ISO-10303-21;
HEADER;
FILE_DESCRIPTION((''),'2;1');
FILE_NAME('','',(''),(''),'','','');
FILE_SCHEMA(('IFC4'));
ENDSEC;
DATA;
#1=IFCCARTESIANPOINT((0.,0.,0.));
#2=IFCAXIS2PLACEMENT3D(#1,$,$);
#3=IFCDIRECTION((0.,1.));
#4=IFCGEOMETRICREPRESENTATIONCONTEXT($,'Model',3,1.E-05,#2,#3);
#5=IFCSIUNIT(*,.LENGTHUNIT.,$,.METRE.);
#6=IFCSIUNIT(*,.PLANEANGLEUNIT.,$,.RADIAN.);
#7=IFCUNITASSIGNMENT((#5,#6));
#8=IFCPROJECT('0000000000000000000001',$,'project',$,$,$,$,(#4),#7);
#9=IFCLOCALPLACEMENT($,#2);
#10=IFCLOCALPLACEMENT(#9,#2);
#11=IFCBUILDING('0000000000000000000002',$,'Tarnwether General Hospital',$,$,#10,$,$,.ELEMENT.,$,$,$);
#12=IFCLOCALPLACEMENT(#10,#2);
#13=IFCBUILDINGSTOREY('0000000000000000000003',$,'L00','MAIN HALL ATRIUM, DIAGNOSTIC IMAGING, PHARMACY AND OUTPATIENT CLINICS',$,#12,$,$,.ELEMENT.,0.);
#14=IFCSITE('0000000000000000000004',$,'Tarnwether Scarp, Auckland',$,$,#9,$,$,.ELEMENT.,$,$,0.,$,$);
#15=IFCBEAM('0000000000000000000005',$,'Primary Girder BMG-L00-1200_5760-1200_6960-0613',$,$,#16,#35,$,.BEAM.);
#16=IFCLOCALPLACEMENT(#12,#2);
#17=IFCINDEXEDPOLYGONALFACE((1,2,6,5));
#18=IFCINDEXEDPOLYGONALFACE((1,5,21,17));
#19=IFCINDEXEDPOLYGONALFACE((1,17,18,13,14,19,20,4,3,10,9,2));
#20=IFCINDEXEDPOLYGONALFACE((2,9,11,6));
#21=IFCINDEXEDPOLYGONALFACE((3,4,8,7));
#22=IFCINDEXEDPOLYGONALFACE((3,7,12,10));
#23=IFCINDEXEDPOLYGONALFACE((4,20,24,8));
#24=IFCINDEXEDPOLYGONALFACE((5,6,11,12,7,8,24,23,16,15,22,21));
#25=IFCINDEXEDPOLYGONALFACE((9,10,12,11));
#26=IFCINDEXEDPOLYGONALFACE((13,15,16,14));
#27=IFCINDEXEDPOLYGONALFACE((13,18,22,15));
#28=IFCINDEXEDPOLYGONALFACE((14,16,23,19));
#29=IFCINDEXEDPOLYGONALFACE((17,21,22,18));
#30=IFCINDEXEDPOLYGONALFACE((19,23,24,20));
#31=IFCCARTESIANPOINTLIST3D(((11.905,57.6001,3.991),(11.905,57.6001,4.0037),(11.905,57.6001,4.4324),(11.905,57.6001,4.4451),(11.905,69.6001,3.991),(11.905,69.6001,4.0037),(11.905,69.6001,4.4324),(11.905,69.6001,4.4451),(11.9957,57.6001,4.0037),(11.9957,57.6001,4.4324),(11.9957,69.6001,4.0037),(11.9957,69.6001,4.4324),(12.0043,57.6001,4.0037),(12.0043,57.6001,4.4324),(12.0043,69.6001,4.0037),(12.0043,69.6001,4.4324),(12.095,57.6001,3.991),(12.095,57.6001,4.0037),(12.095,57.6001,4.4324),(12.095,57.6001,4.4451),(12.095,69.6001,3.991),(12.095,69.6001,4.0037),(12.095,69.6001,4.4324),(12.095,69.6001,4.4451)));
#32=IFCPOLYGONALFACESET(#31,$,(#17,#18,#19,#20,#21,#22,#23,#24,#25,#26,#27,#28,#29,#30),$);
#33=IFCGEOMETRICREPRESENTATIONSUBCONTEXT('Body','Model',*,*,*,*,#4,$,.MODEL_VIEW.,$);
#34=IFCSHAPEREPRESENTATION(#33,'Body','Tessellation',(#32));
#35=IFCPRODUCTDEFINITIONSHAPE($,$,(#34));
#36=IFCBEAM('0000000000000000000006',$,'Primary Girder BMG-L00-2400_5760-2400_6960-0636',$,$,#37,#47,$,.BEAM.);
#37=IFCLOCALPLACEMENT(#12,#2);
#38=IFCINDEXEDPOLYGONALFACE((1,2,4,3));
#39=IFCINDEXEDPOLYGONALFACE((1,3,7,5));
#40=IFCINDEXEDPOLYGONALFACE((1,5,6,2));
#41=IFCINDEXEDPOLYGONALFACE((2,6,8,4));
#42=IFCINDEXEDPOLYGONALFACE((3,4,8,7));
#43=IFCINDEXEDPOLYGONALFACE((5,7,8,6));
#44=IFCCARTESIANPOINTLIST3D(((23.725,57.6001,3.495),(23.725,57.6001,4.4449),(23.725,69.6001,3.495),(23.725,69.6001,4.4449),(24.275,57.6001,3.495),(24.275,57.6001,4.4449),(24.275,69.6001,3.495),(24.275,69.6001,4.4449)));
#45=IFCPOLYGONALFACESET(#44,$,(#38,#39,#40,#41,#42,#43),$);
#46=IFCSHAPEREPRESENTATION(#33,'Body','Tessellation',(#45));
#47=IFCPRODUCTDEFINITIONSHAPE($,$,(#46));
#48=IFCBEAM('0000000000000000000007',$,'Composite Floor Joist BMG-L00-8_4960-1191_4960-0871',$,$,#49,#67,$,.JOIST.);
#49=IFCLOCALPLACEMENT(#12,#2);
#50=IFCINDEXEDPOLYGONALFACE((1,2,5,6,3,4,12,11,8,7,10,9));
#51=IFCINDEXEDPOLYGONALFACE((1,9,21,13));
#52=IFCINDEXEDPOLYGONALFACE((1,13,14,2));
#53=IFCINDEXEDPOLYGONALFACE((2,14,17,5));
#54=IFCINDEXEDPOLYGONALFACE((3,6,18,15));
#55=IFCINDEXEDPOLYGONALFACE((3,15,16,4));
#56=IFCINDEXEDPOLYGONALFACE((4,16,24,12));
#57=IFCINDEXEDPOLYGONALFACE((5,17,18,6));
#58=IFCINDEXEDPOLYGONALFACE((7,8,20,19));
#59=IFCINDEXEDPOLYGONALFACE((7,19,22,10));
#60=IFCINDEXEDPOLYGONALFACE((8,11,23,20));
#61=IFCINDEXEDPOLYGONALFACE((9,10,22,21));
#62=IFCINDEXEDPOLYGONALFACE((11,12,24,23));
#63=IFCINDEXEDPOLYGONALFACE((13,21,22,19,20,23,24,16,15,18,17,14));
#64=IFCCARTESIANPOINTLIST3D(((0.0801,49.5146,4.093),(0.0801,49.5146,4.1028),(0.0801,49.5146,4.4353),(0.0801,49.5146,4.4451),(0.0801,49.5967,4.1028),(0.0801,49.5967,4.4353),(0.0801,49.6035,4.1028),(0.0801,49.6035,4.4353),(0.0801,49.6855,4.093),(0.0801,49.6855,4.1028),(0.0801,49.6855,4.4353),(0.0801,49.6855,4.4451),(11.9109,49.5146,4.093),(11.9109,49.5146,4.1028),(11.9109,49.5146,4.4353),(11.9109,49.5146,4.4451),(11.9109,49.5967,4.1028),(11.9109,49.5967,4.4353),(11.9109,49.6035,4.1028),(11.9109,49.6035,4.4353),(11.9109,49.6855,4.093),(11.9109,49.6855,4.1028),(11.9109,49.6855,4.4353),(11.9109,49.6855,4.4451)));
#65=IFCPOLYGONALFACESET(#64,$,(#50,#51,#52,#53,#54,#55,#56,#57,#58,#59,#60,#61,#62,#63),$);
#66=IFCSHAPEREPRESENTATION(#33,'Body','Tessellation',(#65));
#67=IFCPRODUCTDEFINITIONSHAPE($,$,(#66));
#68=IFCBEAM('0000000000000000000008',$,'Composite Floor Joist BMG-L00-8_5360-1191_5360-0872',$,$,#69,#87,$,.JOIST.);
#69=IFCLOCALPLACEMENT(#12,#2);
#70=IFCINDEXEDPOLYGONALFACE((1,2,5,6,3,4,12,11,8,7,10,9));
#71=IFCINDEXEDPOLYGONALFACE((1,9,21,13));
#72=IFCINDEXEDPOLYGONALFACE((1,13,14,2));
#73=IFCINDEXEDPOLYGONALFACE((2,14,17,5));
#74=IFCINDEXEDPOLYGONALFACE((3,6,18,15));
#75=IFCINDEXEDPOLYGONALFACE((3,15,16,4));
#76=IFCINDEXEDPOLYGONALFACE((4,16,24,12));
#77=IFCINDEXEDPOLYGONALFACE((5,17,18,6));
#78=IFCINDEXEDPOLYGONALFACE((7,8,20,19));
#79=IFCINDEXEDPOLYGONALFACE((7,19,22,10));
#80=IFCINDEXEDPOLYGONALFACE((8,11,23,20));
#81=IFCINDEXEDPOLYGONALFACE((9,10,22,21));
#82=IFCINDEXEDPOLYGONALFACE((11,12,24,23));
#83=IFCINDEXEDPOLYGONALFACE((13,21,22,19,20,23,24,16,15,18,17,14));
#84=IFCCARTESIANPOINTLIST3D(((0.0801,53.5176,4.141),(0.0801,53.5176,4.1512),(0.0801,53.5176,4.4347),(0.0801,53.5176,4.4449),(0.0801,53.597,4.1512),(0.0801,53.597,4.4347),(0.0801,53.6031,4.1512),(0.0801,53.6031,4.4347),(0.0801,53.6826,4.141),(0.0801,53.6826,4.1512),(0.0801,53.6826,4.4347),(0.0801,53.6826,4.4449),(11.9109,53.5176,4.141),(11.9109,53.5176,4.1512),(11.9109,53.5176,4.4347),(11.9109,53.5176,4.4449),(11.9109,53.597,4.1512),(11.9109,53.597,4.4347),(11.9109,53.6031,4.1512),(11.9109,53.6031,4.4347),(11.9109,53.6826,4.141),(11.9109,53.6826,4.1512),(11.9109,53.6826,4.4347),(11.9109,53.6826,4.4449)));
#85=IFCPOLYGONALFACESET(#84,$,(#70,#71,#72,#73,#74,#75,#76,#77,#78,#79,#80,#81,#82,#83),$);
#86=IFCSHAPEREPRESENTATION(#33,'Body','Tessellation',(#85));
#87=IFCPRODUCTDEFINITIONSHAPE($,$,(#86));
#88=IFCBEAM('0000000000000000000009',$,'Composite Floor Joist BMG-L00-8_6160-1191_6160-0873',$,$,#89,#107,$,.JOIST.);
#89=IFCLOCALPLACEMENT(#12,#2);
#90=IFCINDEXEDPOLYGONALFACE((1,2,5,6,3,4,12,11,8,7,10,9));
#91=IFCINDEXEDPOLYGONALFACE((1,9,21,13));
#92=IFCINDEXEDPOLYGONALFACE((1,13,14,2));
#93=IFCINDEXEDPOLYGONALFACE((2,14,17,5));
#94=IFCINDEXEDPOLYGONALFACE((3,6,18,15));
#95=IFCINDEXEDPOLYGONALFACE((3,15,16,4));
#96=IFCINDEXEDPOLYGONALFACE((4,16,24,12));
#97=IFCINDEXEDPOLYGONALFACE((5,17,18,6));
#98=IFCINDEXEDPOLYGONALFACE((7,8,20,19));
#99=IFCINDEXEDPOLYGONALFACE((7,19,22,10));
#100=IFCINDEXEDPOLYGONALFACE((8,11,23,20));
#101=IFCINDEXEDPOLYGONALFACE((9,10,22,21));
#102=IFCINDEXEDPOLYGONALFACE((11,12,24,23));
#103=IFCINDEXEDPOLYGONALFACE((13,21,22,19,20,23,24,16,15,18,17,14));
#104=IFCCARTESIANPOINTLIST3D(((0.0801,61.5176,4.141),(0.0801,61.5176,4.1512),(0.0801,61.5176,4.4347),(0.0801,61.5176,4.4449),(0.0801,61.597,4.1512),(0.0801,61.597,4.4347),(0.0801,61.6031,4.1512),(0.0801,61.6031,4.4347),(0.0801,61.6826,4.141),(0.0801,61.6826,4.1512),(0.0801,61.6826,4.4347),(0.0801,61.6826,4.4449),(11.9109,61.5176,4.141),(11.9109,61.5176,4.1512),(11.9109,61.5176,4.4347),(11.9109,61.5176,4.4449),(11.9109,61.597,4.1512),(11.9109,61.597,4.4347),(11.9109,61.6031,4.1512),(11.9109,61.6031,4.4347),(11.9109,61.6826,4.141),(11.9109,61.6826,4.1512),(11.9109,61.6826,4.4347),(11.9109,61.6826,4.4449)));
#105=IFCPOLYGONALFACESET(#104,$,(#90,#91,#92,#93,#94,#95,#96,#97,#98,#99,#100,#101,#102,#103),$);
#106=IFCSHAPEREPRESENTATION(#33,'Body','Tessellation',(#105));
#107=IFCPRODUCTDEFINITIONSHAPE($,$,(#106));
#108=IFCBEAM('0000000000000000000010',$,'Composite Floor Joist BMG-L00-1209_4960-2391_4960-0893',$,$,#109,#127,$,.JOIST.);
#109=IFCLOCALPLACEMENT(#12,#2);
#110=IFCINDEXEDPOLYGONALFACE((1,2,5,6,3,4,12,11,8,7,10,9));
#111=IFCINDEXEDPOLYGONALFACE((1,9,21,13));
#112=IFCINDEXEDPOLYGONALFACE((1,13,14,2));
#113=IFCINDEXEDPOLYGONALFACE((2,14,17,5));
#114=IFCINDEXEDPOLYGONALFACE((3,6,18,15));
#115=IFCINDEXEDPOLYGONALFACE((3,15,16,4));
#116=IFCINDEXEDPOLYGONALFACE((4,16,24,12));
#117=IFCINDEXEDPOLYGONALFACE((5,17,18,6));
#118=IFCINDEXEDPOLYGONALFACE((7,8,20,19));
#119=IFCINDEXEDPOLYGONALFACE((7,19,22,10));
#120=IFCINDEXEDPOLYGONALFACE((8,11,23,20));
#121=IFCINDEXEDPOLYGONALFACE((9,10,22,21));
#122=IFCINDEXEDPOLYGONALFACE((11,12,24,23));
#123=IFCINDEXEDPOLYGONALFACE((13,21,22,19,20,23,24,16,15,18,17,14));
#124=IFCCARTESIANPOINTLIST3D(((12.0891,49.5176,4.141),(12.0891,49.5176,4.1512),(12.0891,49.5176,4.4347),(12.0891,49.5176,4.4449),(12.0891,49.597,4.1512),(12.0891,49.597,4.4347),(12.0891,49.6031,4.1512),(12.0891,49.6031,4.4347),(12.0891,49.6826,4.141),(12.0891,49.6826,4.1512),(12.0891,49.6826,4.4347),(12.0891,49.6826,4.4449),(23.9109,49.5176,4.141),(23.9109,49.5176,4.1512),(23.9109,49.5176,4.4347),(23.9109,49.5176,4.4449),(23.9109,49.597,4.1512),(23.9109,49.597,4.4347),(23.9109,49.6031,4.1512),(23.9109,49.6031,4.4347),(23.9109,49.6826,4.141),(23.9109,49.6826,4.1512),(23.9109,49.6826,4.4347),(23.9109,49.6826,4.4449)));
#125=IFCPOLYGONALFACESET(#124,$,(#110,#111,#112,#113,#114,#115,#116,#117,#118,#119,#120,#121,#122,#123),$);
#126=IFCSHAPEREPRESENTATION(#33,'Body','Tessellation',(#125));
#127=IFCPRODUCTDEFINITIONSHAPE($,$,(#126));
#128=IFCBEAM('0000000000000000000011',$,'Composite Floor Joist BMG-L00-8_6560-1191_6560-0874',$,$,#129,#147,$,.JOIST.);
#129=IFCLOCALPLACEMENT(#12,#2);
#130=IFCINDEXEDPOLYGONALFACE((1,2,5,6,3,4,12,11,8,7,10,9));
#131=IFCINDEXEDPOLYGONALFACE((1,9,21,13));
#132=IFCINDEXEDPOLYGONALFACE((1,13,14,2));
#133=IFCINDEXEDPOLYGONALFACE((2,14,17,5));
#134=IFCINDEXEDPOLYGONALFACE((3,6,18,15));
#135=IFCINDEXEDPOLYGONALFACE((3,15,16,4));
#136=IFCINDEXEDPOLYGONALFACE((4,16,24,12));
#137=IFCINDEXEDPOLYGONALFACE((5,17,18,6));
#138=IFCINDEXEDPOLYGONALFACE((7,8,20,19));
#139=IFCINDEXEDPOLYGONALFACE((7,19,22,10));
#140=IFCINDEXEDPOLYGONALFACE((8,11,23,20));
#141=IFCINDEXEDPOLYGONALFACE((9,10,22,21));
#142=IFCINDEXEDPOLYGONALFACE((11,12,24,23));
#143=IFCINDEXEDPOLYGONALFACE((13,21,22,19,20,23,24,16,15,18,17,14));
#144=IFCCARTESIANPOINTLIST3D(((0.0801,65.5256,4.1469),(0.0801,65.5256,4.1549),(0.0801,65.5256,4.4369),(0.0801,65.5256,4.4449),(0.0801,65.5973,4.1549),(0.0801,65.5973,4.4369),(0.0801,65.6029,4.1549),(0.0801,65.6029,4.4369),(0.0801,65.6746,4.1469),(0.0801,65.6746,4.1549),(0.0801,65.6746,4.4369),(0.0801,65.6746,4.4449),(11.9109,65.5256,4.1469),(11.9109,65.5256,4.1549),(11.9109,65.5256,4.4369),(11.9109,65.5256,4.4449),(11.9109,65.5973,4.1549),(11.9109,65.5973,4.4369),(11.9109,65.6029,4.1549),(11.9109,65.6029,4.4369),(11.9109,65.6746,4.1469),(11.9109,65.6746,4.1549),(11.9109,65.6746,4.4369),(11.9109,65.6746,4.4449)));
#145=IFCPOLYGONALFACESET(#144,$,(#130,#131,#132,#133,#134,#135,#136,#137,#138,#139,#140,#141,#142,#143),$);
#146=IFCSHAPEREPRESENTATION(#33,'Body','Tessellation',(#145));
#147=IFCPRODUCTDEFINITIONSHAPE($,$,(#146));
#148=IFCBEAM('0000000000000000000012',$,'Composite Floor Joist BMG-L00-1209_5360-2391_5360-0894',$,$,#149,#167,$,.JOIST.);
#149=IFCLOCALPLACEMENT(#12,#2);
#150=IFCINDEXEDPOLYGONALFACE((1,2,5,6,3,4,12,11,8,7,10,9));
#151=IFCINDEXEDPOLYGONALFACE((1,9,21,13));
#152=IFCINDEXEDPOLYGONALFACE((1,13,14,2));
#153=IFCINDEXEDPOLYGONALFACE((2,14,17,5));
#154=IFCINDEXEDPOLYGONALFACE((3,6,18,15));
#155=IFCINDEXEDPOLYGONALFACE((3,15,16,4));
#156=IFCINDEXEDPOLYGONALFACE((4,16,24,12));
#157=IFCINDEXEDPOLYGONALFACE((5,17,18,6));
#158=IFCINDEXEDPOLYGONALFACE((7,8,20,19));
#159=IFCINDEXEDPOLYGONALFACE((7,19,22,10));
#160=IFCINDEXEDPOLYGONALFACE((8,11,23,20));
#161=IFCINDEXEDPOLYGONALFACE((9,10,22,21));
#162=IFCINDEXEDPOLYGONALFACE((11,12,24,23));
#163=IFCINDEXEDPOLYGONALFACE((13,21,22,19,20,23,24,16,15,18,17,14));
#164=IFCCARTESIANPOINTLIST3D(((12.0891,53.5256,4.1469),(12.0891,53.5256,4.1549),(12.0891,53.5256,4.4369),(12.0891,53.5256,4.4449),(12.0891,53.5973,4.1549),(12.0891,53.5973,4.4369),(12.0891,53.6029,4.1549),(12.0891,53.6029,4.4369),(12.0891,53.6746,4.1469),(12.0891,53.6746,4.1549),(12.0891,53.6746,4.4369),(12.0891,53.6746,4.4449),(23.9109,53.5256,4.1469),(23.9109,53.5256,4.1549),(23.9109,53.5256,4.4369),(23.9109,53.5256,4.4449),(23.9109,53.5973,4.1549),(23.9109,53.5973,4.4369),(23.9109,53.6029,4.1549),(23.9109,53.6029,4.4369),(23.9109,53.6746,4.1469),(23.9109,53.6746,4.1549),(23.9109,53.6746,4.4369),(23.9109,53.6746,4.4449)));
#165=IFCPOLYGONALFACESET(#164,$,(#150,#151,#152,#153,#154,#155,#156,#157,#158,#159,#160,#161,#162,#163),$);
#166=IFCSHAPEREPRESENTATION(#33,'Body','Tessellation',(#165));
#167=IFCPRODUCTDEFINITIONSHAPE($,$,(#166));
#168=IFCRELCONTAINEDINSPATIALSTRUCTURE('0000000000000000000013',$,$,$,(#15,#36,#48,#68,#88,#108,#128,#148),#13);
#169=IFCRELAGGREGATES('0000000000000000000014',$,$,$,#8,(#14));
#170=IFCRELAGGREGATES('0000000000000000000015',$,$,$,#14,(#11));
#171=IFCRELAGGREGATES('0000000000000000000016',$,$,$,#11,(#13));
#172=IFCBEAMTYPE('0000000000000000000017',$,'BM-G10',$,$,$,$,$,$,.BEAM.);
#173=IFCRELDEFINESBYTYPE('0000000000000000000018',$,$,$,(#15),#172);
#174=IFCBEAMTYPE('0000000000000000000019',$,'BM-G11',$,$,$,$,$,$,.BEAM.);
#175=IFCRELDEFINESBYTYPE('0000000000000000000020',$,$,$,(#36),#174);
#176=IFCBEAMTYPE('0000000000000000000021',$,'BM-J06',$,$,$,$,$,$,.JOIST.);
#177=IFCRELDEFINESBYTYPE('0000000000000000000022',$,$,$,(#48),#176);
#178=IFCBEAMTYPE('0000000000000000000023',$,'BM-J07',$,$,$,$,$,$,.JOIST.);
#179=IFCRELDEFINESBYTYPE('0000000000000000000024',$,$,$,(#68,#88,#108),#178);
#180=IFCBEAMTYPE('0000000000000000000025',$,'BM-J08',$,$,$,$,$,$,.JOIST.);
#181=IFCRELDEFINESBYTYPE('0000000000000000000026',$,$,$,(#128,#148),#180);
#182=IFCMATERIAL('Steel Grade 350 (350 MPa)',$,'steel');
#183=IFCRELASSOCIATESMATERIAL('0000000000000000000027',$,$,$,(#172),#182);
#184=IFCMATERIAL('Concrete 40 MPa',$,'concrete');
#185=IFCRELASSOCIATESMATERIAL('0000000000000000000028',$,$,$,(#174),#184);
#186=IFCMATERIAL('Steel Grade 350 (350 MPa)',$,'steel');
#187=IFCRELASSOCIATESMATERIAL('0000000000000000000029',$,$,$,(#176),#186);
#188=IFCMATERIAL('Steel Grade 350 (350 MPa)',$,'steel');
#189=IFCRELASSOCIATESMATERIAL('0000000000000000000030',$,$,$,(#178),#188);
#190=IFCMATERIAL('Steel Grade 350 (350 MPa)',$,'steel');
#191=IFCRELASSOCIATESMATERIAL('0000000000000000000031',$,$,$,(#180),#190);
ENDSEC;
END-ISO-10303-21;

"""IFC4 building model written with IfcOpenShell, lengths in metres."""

from ifc_helpers import new_model, si_unit, direction, frame, origin, origin_2d, place, context, subcontext, project, spatial, rectangle, i_section, extrude, material, material_profile, profile_set, type_object, element, save


model = new_model("IFC4")

# Units and contexts
model_context = context("Model", 3, precision=1e-05, world=origin(), true_north=direction((0.0, 1.0)))
body_context = subcontext(model_context, "Body", "Model", "MODEL_VIEW")
ifc_project = project(units=[si_unit("LENGTHUNIT", "METRE"), si_unit("PLANEANGLEUNIT", "RADIAN")], contexts=[model_context])

# Site, building, storey
site_placement = place(None, origin())
site = spatial("IfcSite", under=ifc_project, at=site_placement, Name="Tarnwether Scarp, Auckland", CompositionType="ELEMENT", RefElevation=0.0)
building_placement = place(site_placement, origin())
building = spatial("IfcBuilding", under=site, at=building_placement, Name="Tarnwether General Hospital", CompositionType="ELEMENT")
storey_placement = place(building_placement, origin())
storey = spatial("IfcBuildingStorey", under=building, at=storey_placement, Name="L00", Description="MAIN HALL ATRIUM, DIAGNOSTIC IMAGING, PHARMACY AND OUTPATIENT CLINICS", CompositionType="ELEMENT", Elevation=0.0)

# Beams
ifc_material_1 = material(Name="Steel Grade 350 (350 MPa)", Category="steel")
ifc_material_profile_1 = material_profile(ifc_material_1, i_section(OverallWidth=0.1899, OverallDepth=0.4541, WebThickness=0.0085, FlangeThickness=0.0127, at=origin_2d()), Name="460UB67.1")
ifc_profile_set_1 = profile_set([ifc_material_profile_1], Name="Steel Grade 350 (350 MPa)")
beam_type_1 = type_object("IfcBeamType", Name="BM-G10", PredefinedType="BEAM", material=ifc_profile_set_1)
beam_1_placement = place(storey_placement, frame((12.0, 57.6001, 4.218), z_axis=(0.0, 1.0, 0.0), x_axis=(-1.0, 0.0, 0.0)))
element("IfcBeam", 1, at=beam_1_placement, inside=storey, type_object=beam_type_1, Name="Primary Girder BMG-L00-1200_5760-1200_6960-0613", PredefinedType="BEAM", context=body_context, shape_type="SweptSolid", body=[
    extrude(i_section(OverallWidth=0.1899, OverallDepth=0.4541, WebThickness=0.0085, FlangeThickness=0.0127, at=origin_2d()), origin(), (0.0, 0.0, 1.0), 12.0),
])
ifc_material_2 = material(Name="Concrete 40 MPa", Category="concrete")
ifc_material_profile_2 = material_profile(ifc_material_2, rectangle(XDim=0.55, YDim=0.95, at=origin_2d()), Name="RC-BM-550x950")
ifc_profile_set_2 = profile_set([ifc_material_profile_2], Name="Concrete 40 MPa")
beam_type_2 = type_object("IfcBeamType", Name="BM-G11", PredefinedType="BEAM", material=ifc_profile_set_2)
beam_2_placement = place(storey_placement, frame((24.0, 57.6001, 3.97), z_axis=(0.0, 1.0, 0.0), x_axis=(-1.0, 0.0, 0.0)))
element("IfcBeam", 2, at=beam_2_placement, inside=storey, type_object=beam_type_2, Name="Primary Girder BMG-L00-2400_5760-2400_6960-0636", PredefinedType="BEAM", context=body_context, shape_type="SweptSolid", body=[
    extrude(rectangle(XDim=0.55, YDim=0.95, at=origin_2d()), origin(), (0.0, 0.0, 1.0), 12.0),
])
ifc_material_3 = material(Name="Steel Grade 350 (350 MPa)", Category="steel")
ifc_material_profile_3 = material_profile(ifc_material_3, i_section(OverallWidth=0.1709, OverallDepth=0.3521, WebThickness=0.0068, FlangeThickness=0.0098, at=origin_2d()), Name="360UB44.7")
ifc_profile_set_3 = profile_set([ifc_material_profile_3], Name="Steel Grade 350 (350 MPa)")
beam_type_3 = type_object("IfcBeamType", Name="BM-J06", PredefinedType="JOIST", material=ifc_profile_set_3)
beam_3_placement = place(storey_placement, frame((0.0801, 49.6001, 4.269), z_axis=(1.0, 0.0, 0.0), x_axis=(0.0, 1.0, 0.0)))
element("IfcBeam", 3, at=beam_3_placement, inside=storey, type_object=beam_type_3, Name="Composite Floor Joist BMG-L00-8_4960-1191_4960-0871", PredefinedType="JOIST", context=body_context, shape_type="SweptSolid", body=[
    extrude(i_section(OverallWidth=0.1709, OverallDepth=0.3521, WebThickness=0.0068, FlangeThickness=0.0098, at=origin_2d()), origin(), (0.0, 0.0, 1.0), 11.8308),
])
ifc_material_4 = material(Name="Steel Grade 350 (350 MPa)", Category="steel")
ifc_material_profile_4 = material_profile(ifc_material_4, i_section(OverallWidth=0.165, OverallDepth=0.304, WebThickness=0.0061, FlangeThickness=0.0103, at=origin_2d()), Name="310UB40.4")
ifc_profile_set_4 = profile_set([ifc_material_profile_4], Name="Steel Grade 350 (350 MPa)")
beam_type_4 = type_object("IfcBeamType", Name="BM-J07", PredefinedType="JOIST", material=ifc_profile_set_4)
for number, where, z_axis, x_axis, name in (
    (4, (0.0801, 53.6001, 4.293), (1.0, 0.0, 0.0), (0.0, 1.0, 0.0), "Composite Floor Joist BMG-L00-8_5360-1191_5360-0872"),
    (5, (0.0801, 61.6001, 4.293), (1.0, 0.0, 0.0), (0.0, 1.0, 0.0), "Composite Floor Joist BMG-L00-8_6160-1191_6160-0873"),
):
    element("IfcBeam", number, at=place(storey_placement, frame(where, z_axis=z_axis, x_axis=x_axis)), inside=storey, type_object=beam_type_4, Name=name, PredefinedType="JOIST", context=body_context, shape_type="SweptSolid", body=[
        extrude(i_section(OverallWidth=0.165, OverallDepth=0.304, WebThickness=0.0061, FlangeThickness=0.0103, at=origin_2d()), origin(), (0.0, 0.0, 1.0), 11.8308),
    ])
beam_4_placement = place(storey_placement, frame((12.0891, 49.6001, 4.293), z_axis=(1.0, 0.0, 0.0), x_axis=(0.0, 1.0, 0.0)))
element("IfcBeam", 6, at=beam_4_placement, inside=storey, type_object=beam_type_4, Name="Composite Floor Joist BMG-L00-1209_4960-2391_4960-0893", PredefinedType="JOIST", context=body_context, shape_type="SweptSolid", body=[
    extrude(i_section(OverallWidth=0.165, OverallDepth=0.304, WebThickness=0.0061, FlangeThickness=0.0103, at=origin_2d()), origin(), (0.0, 0.0, 1.0), 11.8218),
])
ifc_material_5 = material(Name="Steel Grade 350 (350 MPa)", Category="steel")
ifc_material_profile_5 = material_profile(ifc_material_5, i_section(OverallWidth=0.1489, OverallDepth=0.2981, WebThickness=0.0056, FlangeThickness=0.0081, at=origin_2d()), Name="310UB32.0")
ifc_profile_set_5 = profile_set([ifc_material_profile_5], Name="Steel Grade 350 (350 MPa)")
beam_type_5 = type_object("IfcBeamType", Name="BM-J08", PredefinedType="JOIST", material=ifc_profile_set_5)
beam_5_placement = place(storey_placement, frame((0.0801, 65.6001, 4.2959), z_axis=(1.0, 0.0, 0.0), x_axis=(0.0, 1.0, 0.0)))
element("IfcBeam", 7, at=beam_5_placement, inside=storey, type_object=beam_type_5, Name="Composite Floor Joist BMG-L00-8_6560-1191_6560-0874", PredefinedType="JOIST", context=body_context, shape_type="SweptSolid", body=[
    extrude(i_section(OverallWidth=0.1489, OverallDepth=0.2981, WebThickness=0.0056, FlangeThickness=0.0081, at=origin_2d()), origin(), (0.0, 0.0, 1.0), 11.8308),
])
beam_6_placement = place(storey_placement, frame((12.0891, 53.6001, 4.2959), z_axis=(1.0, 0.0, 0.0), x_axis=(0.0, 1.0, 0.0)))
element("IfcBeam", 8, at=beam_6_placement, inside=storey, type_object=beam_type_5, Name="Composite Floor Joist BMG-L00-1209_5360-2391_5360-0894", PredefinedType="JOIST", context=body_context, shape_type="SweptSolid", body=[
    extrude(i_section(OverallWidth=0.1489, OverallDepth=0.2981, WebThickness=0.0056, FlangeThickness=0.0081, at=origin_2d()), origin(), (0.0, 0.0, 1.0), 11.8218),
])

save(model, "model.ifc")
